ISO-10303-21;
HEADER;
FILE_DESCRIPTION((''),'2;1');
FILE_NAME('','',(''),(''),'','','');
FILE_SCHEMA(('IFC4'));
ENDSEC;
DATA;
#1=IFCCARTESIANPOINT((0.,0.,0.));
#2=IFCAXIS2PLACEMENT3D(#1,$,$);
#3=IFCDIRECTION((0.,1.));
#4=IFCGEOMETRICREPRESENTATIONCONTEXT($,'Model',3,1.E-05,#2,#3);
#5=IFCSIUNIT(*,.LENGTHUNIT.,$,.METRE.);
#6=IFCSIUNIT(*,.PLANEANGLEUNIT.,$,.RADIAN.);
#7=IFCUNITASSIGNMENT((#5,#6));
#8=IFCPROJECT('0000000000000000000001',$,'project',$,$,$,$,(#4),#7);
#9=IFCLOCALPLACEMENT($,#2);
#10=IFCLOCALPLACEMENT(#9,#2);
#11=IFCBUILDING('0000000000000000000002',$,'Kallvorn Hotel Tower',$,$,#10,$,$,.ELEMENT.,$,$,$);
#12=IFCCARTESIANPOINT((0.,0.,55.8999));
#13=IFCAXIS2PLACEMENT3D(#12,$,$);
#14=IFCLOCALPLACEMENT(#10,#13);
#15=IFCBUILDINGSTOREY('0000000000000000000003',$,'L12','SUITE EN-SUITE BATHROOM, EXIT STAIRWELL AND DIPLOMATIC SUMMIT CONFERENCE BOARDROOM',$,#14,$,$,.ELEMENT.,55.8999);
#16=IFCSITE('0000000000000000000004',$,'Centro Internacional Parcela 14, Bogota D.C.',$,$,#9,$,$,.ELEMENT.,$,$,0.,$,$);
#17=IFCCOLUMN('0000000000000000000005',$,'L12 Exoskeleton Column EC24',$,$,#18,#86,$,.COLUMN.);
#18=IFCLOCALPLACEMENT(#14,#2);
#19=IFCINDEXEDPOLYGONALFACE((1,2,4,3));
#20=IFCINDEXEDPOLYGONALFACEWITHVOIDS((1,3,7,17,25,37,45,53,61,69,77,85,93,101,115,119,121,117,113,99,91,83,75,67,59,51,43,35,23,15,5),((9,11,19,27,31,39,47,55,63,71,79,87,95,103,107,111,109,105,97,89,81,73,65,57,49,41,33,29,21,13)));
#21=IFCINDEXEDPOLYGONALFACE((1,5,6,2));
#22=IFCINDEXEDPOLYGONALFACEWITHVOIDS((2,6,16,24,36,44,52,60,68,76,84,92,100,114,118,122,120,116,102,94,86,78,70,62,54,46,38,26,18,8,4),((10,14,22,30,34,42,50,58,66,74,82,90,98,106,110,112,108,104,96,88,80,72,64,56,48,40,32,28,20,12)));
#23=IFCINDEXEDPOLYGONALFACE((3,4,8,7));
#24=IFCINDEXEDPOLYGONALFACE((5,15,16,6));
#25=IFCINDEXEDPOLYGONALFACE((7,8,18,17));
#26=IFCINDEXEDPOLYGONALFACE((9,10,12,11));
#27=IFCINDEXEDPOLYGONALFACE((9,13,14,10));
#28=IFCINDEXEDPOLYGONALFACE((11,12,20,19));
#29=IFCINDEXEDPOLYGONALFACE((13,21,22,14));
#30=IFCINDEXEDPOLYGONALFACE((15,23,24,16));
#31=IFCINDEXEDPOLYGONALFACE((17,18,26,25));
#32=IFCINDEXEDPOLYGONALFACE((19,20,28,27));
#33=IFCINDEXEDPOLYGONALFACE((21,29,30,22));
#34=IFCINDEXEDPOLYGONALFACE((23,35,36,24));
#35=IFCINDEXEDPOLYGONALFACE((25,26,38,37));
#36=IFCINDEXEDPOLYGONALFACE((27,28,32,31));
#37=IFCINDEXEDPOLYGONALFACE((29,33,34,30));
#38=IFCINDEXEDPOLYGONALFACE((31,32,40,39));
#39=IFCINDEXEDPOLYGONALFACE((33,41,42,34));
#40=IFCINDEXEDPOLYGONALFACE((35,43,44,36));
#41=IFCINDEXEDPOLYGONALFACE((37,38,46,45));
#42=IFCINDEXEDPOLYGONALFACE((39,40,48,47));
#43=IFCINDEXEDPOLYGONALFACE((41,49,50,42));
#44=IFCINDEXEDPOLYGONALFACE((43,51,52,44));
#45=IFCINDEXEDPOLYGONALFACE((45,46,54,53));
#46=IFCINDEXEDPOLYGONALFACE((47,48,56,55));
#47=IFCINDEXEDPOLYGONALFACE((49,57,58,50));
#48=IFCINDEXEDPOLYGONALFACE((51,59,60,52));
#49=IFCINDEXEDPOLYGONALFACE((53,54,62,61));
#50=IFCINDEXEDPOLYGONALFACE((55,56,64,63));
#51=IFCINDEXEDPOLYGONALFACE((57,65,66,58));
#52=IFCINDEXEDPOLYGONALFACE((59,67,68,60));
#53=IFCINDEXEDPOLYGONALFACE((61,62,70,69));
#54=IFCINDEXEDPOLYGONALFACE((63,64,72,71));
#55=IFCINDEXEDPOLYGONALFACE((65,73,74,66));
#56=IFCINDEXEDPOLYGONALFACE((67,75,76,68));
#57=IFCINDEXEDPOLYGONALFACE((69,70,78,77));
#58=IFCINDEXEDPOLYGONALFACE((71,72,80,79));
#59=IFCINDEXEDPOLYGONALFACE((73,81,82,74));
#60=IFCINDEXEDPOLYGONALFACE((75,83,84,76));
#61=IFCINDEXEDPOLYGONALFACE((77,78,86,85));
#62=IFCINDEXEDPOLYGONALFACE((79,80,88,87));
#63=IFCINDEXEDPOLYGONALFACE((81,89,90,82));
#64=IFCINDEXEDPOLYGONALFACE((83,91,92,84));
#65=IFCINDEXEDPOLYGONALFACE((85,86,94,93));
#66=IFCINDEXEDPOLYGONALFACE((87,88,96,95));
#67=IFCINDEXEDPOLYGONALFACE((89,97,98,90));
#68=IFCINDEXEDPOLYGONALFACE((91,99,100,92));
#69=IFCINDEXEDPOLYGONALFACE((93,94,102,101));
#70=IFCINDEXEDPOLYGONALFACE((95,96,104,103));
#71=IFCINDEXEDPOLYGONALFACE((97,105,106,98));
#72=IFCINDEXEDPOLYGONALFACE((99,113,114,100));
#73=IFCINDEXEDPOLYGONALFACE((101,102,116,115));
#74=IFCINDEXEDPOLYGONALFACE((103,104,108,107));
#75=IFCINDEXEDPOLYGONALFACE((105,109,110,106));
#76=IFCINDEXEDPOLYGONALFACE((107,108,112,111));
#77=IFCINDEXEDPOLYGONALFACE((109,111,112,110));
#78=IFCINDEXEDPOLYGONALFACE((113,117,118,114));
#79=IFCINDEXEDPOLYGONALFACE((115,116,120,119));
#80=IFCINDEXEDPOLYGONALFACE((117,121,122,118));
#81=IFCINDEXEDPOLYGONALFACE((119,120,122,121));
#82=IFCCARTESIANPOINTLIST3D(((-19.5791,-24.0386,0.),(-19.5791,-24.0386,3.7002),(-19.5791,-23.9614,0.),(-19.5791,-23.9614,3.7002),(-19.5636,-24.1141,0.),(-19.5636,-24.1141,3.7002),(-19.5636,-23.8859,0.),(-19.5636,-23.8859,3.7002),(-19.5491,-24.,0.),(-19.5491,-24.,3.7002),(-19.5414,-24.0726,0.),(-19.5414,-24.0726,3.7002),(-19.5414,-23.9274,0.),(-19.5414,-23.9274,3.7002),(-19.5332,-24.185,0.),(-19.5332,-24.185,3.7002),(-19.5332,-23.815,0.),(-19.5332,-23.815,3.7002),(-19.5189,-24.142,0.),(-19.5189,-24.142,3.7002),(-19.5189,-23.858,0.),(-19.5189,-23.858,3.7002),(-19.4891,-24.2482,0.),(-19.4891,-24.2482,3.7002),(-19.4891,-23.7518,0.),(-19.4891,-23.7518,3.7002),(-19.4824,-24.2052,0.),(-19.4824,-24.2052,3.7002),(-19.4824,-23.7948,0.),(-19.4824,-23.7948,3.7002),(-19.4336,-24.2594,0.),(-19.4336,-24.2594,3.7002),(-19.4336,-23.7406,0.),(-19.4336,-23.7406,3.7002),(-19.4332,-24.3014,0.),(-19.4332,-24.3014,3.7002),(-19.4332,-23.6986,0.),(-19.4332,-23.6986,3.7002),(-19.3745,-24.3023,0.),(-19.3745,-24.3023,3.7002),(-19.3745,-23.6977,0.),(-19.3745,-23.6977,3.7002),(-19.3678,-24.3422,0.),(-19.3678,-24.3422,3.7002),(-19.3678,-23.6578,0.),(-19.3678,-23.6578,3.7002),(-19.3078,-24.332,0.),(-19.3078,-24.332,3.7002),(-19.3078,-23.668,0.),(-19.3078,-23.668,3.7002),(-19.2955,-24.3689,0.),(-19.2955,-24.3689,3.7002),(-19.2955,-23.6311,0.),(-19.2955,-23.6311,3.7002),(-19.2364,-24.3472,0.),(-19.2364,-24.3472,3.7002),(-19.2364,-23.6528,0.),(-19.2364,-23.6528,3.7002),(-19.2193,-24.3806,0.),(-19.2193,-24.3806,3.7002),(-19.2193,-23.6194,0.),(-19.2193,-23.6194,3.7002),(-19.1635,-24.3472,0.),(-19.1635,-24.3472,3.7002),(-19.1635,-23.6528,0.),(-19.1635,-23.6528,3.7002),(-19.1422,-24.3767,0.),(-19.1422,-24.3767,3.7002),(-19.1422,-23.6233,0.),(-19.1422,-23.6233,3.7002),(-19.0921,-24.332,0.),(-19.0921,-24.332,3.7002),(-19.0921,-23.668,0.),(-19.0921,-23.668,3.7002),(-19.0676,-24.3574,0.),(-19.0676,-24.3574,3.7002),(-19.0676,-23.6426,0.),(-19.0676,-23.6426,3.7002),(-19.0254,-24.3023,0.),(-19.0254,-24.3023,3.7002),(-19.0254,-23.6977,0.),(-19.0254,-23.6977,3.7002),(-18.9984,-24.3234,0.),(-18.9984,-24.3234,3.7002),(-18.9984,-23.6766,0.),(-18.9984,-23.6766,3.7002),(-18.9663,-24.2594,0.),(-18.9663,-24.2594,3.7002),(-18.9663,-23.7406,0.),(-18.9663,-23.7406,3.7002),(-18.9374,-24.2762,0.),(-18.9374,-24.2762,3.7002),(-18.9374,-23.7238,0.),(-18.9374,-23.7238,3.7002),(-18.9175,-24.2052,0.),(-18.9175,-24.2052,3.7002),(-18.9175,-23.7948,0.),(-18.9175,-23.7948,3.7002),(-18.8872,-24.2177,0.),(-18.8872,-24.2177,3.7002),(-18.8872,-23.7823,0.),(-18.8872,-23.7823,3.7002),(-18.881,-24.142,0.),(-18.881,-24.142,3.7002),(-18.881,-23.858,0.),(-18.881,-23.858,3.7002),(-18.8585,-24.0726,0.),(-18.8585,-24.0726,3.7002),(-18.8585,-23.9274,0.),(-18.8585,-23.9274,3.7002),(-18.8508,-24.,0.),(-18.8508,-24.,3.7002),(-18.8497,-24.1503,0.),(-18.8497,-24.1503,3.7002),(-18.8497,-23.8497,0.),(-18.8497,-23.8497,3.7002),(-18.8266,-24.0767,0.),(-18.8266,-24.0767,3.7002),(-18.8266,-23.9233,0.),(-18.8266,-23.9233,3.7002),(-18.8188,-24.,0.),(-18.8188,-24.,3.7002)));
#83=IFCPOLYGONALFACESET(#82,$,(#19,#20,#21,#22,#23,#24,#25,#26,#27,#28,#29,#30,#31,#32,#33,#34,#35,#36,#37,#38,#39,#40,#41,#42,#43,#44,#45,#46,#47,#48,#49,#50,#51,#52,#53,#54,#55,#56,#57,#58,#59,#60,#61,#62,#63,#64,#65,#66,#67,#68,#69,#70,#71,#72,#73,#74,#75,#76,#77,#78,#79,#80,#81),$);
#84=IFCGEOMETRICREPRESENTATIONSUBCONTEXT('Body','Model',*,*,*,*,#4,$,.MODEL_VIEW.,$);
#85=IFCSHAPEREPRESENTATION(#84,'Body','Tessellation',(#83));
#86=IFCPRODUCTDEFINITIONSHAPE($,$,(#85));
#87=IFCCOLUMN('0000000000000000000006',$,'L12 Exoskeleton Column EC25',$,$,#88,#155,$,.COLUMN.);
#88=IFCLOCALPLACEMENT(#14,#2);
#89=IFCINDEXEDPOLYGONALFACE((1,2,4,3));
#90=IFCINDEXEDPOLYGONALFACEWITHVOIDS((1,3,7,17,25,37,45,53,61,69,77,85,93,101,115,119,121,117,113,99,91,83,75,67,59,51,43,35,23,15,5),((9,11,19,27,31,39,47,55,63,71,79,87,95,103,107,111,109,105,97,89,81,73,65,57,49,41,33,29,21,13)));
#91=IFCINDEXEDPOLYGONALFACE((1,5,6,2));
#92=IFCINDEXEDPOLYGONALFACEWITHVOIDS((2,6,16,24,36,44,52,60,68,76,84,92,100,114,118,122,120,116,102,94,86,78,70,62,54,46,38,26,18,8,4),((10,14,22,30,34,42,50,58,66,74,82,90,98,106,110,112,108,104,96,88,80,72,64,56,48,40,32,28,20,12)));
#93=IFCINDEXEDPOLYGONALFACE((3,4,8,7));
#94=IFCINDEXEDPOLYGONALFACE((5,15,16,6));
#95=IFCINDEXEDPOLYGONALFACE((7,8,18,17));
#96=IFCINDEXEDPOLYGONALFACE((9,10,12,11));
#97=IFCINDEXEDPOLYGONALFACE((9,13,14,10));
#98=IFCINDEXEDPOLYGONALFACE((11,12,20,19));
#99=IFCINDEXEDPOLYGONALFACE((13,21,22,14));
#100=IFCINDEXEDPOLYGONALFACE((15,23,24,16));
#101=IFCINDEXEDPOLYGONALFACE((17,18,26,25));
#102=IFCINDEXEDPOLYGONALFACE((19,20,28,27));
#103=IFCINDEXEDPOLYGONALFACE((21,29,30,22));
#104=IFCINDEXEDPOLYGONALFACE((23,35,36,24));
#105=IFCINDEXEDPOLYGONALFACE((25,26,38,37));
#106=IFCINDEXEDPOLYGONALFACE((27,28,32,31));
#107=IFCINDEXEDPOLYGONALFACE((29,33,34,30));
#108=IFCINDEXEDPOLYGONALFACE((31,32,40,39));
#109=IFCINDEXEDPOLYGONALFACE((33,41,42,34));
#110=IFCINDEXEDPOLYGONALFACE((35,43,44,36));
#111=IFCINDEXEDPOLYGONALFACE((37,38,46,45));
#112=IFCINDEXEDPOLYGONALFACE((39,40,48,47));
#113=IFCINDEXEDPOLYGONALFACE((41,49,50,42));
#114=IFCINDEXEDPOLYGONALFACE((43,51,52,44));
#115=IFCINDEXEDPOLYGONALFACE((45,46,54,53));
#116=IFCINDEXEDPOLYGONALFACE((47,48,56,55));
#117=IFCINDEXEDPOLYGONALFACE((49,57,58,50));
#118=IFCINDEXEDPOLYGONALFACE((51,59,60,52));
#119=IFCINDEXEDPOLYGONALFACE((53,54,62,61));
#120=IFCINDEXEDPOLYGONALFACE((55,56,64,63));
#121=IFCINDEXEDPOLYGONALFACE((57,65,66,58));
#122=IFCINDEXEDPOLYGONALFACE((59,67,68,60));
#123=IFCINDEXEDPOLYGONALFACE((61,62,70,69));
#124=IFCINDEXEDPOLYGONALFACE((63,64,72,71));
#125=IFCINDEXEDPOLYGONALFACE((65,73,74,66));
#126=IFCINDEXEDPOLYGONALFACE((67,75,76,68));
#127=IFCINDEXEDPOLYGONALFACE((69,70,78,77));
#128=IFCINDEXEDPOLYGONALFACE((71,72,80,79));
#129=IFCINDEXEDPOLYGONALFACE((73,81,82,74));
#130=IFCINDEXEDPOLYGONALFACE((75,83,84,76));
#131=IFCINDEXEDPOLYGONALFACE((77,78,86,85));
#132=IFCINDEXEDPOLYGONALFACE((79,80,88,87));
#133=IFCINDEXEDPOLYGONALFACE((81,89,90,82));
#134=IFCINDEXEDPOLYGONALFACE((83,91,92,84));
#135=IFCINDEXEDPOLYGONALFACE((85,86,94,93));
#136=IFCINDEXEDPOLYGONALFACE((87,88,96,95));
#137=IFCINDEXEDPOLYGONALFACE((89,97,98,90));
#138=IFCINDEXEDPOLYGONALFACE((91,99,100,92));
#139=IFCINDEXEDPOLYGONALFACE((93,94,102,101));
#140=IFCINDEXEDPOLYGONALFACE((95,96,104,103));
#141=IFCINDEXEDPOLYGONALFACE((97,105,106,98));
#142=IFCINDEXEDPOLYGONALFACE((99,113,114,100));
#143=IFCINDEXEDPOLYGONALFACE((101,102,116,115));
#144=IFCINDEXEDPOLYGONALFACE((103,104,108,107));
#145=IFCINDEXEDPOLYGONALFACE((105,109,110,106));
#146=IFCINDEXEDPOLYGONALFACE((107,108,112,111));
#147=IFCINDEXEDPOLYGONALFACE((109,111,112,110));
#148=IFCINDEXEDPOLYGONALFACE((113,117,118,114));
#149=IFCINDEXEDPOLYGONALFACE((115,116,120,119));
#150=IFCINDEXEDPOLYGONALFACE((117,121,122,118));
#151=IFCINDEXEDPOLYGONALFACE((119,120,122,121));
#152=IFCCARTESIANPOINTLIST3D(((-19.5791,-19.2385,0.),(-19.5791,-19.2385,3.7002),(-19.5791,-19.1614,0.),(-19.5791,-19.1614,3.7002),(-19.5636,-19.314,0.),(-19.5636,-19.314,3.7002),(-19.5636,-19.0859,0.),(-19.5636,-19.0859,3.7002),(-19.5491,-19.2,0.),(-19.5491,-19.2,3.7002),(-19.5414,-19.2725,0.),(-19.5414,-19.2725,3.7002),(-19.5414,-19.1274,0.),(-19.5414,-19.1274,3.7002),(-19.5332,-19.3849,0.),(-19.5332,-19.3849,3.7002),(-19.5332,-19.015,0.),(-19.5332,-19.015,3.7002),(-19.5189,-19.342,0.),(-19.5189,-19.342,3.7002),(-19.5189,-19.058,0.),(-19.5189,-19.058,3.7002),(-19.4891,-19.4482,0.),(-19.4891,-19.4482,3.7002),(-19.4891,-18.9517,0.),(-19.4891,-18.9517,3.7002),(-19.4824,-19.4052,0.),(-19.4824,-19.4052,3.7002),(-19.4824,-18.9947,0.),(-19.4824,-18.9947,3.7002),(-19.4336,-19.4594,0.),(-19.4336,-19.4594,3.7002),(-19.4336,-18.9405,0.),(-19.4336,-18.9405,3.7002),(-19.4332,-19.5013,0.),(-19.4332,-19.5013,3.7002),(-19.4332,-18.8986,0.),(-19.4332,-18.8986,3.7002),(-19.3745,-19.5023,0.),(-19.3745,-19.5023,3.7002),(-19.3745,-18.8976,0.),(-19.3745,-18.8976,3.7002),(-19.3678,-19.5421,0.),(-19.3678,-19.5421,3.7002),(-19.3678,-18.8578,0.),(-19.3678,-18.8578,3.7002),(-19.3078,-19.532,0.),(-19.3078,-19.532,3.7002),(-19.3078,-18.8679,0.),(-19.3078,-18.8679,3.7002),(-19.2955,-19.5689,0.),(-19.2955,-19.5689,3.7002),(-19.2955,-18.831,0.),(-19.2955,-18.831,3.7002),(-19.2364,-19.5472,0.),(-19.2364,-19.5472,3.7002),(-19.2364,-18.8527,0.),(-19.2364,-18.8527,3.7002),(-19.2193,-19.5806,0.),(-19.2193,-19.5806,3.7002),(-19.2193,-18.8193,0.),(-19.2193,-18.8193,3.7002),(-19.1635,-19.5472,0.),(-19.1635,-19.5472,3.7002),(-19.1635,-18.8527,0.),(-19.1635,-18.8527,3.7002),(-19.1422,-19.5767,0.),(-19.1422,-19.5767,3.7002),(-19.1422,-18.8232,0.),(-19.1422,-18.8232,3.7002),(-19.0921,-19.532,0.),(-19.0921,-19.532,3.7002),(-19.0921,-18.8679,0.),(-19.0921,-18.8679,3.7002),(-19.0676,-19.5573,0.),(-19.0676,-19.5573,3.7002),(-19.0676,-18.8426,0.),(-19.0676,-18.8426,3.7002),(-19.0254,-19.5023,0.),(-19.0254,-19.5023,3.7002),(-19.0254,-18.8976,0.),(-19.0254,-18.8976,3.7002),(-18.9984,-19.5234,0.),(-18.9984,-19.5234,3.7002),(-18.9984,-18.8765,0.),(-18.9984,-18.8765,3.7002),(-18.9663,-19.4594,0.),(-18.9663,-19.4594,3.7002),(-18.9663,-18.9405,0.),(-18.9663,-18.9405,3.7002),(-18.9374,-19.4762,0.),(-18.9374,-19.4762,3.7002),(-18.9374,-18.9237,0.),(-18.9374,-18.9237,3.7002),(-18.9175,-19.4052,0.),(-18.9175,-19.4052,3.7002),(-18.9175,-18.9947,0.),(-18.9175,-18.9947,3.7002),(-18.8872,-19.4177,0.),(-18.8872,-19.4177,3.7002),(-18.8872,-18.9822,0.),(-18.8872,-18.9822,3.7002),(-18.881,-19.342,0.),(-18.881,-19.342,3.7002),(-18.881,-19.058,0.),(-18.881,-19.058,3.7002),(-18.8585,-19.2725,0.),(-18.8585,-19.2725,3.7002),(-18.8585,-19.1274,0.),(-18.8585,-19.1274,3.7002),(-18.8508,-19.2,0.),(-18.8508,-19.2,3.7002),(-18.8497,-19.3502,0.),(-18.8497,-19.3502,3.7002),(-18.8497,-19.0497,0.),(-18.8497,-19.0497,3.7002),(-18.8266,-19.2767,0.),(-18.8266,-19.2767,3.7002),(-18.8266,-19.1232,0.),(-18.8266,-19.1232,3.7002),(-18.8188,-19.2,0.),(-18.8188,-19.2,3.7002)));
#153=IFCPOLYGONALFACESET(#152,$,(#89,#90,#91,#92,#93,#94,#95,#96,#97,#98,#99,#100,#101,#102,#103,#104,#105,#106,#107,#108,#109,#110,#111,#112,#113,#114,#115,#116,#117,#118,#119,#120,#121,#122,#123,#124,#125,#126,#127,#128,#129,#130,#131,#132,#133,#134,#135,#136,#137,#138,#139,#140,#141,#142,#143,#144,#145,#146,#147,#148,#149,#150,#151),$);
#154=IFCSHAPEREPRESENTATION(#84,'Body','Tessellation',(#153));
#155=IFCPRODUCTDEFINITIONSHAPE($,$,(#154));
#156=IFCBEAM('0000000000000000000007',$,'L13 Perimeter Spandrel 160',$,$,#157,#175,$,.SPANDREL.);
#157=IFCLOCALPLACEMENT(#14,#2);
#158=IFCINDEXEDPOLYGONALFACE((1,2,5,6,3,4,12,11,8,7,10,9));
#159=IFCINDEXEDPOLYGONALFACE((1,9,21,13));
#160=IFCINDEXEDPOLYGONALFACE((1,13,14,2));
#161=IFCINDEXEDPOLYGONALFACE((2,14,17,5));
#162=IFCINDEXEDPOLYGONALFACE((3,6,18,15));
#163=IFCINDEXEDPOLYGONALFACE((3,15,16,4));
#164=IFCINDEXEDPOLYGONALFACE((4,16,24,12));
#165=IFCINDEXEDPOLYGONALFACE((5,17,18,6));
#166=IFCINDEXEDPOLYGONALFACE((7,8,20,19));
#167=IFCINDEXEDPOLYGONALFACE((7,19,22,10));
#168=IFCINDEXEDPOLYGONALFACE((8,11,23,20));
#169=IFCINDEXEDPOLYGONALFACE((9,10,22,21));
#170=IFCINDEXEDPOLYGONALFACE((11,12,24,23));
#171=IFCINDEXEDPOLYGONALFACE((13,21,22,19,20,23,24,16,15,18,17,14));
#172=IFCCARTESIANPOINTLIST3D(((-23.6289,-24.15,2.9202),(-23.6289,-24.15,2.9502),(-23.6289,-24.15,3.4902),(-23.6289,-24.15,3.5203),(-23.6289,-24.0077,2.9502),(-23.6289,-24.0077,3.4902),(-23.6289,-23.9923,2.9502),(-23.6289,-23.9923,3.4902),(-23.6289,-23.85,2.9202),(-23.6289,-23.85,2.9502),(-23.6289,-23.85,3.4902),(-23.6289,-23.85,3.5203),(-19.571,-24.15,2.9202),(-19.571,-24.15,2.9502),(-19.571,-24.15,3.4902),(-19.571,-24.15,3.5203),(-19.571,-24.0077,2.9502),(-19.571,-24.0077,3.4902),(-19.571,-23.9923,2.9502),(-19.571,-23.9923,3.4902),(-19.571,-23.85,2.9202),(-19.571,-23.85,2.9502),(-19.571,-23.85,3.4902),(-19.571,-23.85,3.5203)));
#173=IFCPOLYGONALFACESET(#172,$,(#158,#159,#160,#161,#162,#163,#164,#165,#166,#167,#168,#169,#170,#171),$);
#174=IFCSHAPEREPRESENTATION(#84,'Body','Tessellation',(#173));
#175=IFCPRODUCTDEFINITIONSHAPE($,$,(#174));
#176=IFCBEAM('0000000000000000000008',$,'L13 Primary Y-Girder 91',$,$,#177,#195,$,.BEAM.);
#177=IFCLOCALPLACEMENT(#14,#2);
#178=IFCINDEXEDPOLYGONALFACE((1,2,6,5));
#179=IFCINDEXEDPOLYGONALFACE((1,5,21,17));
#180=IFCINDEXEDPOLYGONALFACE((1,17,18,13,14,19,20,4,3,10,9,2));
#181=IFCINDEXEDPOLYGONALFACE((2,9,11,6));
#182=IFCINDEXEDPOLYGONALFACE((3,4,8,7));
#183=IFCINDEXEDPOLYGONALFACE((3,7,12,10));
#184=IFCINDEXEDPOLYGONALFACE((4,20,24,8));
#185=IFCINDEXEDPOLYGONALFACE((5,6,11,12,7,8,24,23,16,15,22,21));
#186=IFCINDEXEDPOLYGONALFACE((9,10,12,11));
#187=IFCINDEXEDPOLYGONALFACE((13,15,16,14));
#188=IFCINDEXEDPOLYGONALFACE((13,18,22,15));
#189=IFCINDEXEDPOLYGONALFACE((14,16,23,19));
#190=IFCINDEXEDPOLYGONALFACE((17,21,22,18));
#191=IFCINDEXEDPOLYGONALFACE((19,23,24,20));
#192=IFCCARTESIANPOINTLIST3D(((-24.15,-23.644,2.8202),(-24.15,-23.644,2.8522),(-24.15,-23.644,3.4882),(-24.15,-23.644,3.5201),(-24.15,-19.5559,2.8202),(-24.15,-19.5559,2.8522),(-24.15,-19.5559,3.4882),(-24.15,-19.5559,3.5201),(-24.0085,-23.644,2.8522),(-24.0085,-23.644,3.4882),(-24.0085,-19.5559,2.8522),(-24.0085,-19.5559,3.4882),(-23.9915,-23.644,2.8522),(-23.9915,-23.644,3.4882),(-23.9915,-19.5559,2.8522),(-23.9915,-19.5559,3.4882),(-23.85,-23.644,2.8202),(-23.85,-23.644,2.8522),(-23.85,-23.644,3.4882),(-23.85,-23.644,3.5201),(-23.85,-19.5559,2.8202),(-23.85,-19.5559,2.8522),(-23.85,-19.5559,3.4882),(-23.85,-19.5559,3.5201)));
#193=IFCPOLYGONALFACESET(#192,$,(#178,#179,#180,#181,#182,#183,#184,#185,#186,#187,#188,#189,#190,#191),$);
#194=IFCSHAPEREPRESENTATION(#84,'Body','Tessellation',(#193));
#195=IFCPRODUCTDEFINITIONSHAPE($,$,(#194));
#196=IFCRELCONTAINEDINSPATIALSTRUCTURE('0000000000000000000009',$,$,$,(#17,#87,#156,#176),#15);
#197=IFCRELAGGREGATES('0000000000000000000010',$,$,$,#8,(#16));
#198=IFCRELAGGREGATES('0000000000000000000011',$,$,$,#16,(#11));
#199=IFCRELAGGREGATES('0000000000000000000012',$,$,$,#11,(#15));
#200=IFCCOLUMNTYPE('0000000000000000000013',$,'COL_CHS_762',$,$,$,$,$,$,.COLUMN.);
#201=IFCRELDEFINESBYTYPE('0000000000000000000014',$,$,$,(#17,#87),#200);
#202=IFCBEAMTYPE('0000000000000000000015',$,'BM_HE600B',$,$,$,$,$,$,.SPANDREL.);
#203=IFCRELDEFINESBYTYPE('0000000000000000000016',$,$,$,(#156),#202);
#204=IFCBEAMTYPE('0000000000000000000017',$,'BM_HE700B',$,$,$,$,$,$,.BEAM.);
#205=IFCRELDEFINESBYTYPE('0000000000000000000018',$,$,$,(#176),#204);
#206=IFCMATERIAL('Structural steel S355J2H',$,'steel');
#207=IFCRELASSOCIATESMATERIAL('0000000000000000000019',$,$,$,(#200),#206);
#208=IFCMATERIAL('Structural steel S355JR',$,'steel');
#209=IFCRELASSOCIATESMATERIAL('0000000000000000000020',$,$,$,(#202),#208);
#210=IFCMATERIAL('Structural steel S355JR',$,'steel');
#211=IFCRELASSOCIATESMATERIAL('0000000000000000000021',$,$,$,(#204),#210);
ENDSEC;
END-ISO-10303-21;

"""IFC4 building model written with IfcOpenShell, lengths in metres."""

from ifc_helpers import new_model, si_unit, direction, frame, origin, origin_2d, place, context, subcontext, project, spatial, hollow_circle, i_section, extrude, material, material_profile, profile_set, type_object, element, save


model = new_model("IFC4")

# Units and contexts
model_context = context("Model", 3, precision=1e-05, world=origin(), true_north=direction((0.0, 1.0)))
body_context = subcontext(model_context, "Body", "Model", "MODEL_VIEW")
ifc_project = project(units=[si_unit("LENGTHUNIT", "METRE"), si_unit("PLANEANGLEUNIT", "RADIAN")], contexts=[model_context])

# Site, building, storey
site_placement = place(None, origin())
site = spatial("IfcSite", under=ifc_project, at=site_placement, Name="Centro Internacional Parcela 14, Bogota D.C.", CompositionType="ELEMENT", RefElevation=0.0)
building_placement = place(site_placement, origin())
building = spatial("IfcBuilding", under=site, at=building_placement, Name="Kallvorn Hotel Tower", CompositionType="ELEMENT")
storey_placement = place(building_placement, frame((0.0, 0.0, 55.8999)))
storey = spatial("IfcBuildingStorey", under=building, at=storey_placement, Name="L12", Description="SUITE EN-SUITE BATHROOM, EXIT STAIRWELL AND DIPLOMATIC SUMMIT CONFERENCE BOARDROOM", CompositionType="ELEMENT", Elevation=55.8999)

# Columns
ifc_material_1 = material(Name="Structural steel S355J2H", Category="steel")
ifc_material_profile_1 = material_profile(ifc_material_1, hollow_circle(Radius=0.3811, WallThickness=0.032, at=origin_2d()), Name="CHS 762x32")
ifc_profile_set_1 = profile_set([ifc_material_profile_1], Name="Structural steel S355J2H")
column_type = type_object("IfcColumnType", Name="COL_CHS_762", PredefinedType="COLUMN", material=ifc_profile_set_1)
for number, where, z_axis, x_axis, name in (
    (1, (-19.2, -24.0, 0.0), (0.0, 0.0, 1.0), (1.0, 0.0, 0.0), "L12 Exoskeleton Column EC24"),
    (2, (-19.2, -19.2, 0.0), (0.0, 0.0, 1.0), (1.0, 0.0, 0.0), "L12 Exoskeleton Column EC25"),
):
    element("IfcColumn", number, at=place(storey_placement, frame(where, z_axis=z_axis, x_axis=x_axis)), inside=storey, type_object=column_type, Name=name, PredefinedType="COLUMN", context=body_context, shape_type="SweptSolid", body=[
        extrude(hollow_circle(Radius=0.3811, WallThickness=0.032, at=origin_2d()), origin(), (0.0, 0.0, 1.0), 3.7002),
    ])

# Beams
ifc_material_2 = material(Name="Structural steel S355JR", Category="steel")
ifc_material_profile_2 = material_profile(ifc_material_2, i_section(OverallWidth=0.3, OverallDepth=0.6001, WebThickness=0.0154, FlangeThickness=0.03, at=origin_2d()), Name="HE 600 B")
ifc_profile_set_2 = profile_set([ifc_material_profile_2], Name="Structural steel S355JR")
beam_type_1 = type_object("IfcBeamType", Name="BM_HE600B", PredefinedType="SPANDREL", material=ifc_profile_set_2)
beam_1_placement = place(storey_placement, frame((-23.6289, -24.0, 3.2202), z_axis=(1.0, 0.0, 0.0), x_axis=(0.0, 1.0, 0.0)))
element("IfcBeam", 3, at=beam_1_placement, inside=storey, type_object=beam_type_1, Name="L13 Perimeter Spandrel 160", PredefinedType="SPANDREL", context=body_context, shape_type="SweptSolid", body=[
    extrude(i_section(OverallWidth=0.3, OverallDepth=0.6001, WebThickness=0.0154, FlangeThickness=0.03, at=origin_2d()), origin(), (0.0, 0.0, 1.0), 4.0579),
])
ifc_material_3 = material(Name="Structural steel S355JR", Category="steel")
ifc_material_profile_3 = material_profile(ifc_material_3, i_section(OverallWidth=0.3, OverallDepth=0.7, WebThickness=0.0171, FlangeThickness=0.032, at=origin_2d()), Name="HE 700 B")
ifc_profile_set_3 = profile_set([ifc_material_profile_3], Name="Structural steel S355JR")
beam_type_2 = type_object("IfcBeamType", Name="BM_HE700B", PredefinedType="BEAM", material=ifc_profile_set_3)
beam_2_placement = place(storey_placement, frame((-24.0, -23.644, 3.1702), z_axis=(0.0, 1.0, 0.0), x_axis=(-1.0, 0.0, 0.0)))
element("IfcBeam", 4, at=beam_2_placement, inside=storey, type_object=beam_type_2, Name="L13 Primary Y-Girder 91", PredefinedType="BEAM", context=body_context, shape_type="SweptSolid", body=[
    extrude(i_section(OverallWidth=0.3, OverallDepth=0.7, WebThickness=0.0171, FlangeThickness=0.032, at=origin_2d()), origin(), (0.0, 0.0, 1.0), 4.0881),
])

save(model, "model.ifc")
